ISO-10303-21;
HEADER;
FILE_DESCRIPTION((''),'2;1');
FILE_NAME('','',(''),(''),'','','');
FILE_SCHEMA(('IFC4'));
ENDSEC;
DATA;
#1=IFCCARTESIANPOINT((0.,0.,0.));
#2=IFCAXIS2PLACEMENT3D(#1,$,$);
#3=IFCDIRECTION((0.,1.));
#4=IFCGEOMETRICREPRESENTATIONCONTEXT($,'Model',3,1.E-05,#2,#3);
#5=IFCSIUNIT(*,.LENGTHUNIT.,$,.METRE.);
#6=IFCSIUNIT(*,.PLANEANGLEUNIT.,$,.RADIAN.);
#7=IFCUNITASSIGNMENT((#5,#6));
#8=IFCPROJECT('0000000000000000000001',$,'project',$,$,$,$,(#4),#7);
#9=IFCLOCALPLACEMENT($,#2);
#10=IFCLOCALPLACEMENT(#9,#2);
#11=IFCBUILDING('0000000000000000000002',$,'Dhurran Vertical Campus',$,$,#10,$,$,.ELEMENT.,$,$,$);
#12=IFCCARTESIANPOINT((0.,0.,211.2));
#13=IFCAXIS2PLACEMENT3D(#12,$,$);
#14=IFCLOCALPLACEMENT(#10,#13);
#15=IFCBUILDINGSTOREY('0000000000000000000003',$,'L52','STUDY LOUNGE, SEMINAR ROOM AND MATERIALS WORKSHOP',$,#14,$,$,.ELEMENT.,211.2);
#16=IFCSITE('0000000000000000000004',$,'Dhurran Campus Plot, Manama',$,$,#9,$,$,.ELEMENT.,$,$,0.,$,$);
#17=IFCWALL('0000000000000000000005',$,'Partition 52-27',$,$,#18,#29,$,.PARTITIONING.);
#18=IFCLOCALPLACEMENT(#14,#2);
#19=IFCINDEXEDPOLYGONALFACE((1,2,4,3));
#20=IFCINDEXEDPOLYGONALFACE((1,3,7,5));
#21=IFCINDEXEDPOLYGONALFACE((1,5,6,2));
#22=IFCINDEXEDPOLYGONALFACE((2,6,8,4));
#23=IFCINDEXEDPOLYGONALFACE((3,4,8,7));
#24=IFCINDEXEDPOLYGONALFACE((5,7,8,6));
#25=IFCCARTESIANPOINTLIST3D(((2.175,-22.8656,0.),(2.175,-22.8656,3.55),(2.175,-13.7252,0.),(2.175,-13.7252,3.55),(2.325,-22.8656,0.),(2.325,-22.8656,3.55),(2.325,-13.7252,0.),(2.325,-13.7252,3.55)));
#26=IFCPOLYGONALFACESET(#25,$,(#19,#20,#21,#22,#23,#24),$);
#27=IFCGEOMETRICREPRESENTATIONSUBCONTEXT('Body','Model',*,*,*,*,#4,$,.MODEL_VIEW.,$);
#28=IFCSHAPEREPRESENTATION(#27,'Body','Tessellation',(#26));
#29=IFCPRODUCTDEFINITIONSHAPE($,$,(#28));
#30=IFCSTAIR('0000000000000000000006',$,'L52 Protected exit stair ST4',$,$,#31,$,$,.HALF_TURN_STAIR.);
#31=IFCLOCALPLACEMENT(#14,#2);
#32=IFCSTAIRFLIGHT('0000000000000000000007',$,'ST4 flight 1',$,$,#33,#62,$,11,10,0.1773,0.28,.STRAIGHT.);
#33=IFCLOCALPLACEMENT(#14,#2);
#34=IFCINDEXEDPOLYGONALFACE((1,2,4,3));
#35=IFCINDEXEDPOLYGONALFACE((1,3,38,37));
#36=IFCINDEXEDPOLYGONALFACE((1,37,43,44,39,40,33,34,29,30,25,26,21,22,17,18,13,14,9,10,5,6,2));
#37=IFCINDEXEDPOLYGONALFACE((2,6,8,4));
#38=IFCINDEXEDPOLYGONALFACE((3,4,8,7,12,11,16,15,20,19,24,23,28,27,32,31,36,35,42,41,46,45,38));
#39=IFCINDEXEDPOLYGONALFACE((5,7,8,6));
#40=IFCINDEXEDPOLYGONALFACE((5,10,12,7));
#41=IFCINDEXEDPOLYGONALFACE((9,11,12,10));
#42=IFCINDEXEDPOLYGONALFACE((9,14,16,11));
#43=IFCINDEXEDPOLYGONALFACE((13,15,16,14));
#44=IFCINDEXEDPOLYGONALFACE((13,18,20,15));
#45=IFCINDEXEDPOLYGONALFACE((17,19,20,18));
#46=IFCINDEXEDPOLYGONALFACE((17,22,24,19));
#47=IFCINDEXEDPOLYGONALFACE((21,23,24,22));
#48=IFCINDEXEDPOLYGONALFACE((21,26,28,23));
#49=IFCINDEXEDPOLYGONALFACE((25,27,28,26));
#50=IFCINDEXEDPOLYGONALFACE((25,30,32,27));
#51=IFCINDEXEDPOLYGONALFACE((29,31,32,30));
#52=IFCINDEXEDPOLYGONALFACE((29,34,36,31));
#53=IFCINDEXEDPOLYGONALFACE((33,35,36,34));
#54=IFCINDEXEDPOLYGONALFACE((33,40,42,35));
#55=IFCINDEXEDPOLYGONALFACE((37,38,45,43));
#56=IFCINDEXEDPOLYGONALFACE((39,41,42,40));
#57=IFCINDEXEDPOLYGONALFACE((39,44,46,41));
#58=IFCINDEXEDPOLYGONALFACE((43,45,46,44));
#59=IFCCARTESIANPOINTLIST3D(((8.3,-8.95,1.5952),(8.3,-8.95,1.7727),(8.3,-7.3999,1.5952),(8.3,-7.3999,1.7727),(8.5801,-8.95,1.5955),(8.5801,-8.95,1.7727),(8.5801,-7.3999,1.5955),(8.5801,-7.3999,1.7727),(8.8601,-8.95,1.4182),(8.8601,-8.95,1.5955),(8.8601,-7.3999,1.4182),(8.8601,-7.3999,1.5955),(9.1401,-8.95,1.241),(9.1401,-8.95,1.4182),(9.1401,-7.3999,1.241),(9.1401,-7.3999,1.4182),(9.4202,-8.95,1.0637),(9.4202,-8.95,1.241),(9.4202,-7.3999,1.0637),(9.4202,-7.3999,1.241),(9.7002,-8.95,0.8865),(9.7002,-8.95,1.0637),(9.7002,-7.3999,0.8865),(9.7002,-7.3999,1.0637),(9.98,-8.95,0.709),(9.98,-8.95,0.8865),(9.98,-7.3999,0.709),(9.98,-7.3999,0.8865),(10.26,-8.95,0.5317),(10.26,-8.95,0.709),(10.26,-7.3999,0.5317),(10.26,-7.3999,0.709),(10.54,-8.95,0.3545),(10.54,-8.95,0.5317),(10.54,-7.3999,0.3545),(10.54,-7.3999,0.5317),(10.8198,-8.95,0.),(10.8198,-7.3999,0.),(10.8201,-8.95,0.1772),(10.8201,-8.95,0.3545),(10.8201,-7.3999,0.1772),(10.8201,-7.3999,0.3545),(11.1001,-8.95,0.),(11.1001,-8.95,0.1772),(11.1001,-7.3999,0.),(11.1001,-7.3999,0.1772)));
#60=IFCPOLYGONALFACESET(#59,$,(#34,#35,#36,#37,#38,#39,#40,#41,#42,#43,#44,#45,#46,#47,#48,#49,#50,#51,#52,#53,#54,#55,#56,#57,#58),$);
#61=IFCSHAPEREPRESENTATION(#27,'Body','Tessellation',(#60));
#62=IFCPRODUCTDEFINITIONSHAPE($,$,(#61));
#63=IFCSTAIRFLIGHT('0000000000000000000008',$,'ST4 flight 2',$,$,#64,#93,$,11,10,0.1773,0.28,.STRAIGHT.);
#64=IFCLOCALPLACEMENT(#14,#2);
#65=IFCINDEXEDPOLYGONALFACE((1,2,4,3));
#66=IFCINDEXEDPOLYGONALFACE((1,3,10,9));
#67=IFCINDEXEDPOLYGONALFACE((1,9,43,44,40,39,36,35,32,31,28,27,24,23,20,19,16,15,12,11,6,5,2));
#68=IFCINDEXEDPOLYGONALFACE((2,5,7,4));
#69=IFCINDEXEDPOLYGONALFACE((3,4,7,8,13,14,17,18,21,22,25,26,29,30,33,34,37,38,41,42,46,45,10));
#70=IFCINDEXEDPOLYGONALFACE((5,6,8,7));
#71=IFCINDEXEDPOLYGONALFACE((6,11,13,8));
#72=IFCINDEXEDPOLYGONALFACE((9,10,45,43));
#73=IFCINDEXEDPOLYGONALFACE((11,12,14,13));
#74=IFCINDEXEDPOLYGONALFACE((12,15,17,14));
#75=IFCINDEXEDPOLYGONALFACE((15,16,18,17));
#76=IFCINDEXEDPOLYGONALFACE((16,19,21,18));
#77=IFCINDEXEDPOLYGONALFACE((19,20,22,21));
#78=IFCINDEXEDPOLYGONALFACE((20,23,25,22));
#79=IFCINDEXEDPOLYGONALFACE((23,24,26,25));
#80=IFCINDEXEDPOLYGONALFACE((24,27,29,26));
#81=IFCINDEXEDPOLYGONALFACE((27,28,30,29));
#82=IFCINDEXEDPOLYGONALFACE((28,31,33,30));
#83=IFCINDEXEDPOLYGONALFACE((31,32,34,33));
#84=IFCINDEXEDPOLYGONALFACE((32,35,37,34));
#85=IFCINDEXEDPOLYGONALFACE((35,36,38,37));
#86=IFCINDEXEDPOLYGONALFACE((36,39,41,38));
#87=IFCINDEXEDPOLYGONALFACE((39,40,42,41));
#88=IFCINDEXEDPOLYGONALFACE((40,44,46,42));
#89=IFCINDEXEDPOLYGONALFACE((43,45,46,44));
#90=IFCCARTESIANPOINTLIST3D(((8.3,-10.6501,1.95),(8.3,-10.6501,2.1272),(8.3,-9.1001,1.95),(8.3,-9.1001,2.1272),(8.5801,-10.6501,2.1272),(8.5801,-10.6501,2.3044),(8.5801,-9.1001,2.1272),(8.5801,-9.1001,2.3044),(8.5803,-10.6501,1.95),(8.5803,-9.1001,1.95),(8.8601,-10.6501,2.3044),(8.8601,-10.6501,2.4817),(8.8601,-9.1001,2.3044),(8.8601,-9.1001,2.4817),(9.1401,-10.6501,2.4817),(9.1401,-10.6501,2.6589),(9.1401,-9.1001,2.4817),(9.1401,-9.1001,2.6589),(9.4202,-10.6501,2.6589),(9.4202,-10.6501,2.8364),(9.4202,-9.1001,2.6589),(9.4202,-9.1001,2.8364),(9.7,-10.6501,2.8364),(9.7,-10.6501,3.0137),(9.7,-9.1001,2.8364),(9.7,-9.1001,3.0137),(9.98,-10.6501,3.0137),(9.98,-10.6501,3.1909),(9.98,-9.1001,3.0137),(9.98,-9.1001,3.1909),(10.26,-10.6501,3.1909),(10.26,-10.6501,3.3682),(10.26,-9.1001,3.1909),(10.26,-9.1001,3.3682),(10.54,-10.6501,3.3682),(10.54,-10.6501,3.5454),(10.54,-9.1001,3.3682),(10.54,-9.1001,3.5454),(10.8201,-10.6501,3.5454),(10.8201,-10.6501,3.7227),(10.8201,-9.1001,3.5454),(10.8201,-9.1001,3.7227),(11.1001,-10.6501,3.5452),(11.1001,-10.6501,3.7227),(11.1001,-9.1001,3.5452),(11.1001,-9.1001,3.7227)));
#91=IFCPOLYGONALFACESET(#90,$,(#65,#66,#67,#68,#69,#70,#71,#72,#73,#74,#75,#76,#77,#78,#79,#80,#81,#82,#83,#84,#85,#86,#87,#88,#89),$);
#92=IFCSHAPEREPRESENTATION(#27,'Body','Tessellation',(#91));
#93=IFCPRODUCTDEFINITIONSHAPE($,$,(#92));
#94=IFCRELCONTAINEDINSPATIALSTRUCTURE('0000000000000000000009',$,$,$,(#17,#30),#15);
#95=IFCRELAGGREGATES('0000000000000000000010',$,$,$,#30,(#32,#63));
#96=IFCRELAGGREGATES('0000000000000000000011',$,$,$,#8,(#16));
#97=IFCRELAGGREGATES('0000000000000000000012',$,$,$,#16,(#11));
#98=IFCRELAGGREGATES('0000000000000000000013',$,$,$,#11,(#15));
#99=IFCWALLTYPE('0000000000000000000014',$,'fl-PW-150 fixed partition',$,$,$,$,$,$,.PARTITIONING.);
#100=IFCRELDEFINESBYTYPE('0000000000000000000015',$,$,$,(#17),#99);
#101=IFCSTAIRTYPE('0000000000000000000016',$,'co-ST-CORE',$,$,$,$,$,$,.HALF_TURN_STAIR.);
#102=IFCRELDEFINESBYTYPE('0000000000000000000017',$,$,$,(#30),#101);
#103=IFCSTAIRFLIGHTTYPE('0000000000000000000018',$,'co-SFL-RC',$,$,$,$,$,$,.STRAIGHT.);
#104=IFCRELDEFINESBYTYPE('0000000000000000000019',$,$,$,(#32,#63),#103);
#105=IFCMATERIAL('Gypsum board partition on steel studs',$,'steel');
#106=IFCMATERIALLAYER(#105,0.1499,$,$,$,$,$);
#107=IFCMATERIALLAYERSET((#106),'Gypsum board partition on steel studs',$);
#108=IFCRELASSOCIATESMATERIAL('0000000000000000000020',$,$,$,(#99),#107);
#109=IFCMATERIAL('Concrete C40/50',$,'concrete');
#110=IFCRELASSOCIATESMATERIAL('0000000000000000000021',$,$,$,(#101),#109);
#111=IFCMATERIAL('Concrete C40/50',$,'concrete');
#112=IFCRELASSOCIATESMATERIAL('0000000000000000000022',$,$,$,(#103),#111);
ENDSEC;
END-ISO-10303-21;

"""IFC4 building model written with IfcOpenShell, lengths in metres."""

from ifc_helpers import new_model, si_unit, direction, frame, frame_2d, origin, place, context, subcontext, project, spatial, polyline, rectangle, outline, extrude, material, layer, layer_set, type_object, element, aggregate, save


model = new_model("IFC4")

# Units and contexts
model_context = context("Model", 3, precision=1e-05, world=origin(), true_north=direction((0.0, 1.0)))
body_context = subcontext(model_context, "Body", "Model", "MODEL_VIEW")
ifc_project = project(units=[si_unit("LENGTHUNIT", "METRE"), si_unit("PLANEANGLEUNIT", "RADIAN")], contexts=[model_context])

# Site, building, storey
site_placement = place(None, origin())
site = spatial("IfcSite", under=ifc_project, at=site_placement, Name="Dhurran Campus Plot, Manama", CompositionType="ELEMENT", RefElevation=0.0)
building_placement = place(site_placement, origin())
building = spatial("IfcBuilding", under=site, at=building_placement, Name="Dhurran Vertical Campus", CompositionType="ELEMENT")
storey_placement = place(building_placement, frame((0.0, 0.0, 211.2)))
storey = spatial("IfcBuildingStorey", under=building, at=storey_placement, Name="L52", Description="STUDY LOUNGE, SEMINAR ROOM AND MATERIALS WORKSHOP", CompositionType="ELEMENT", Elevation=211.2)

# Wall
ifc_material_1 = material(Name="Gypsum board partition on steel studs", Category="steel")
ifc_layer_1 = layer(ifc_material_1, 0.1499)
ifc_layer_set_1 = layer_set([ifc_layer_1], Name="Gypsum board partition on steel studs")
wall_type_1 = type_object("IfcWallType", Name="fl-PW-150 fixed partition", PredefinedType="PARTITIONING", material=ifc_layer_set_1)
wall_1_placement = place(storey_placement, frame((2.25, -13.7251, 0.0), z_axis=(0.0, 0.0, 1.0), x_axis=(0.0, -1.0, 0.0)))
element("IfcWall", 1, at=wall_1_placement, inside=storey, type_object=wall_type_1, Name="Partition 52-27", PredefinedType="PARTITIONING", context=body_context, shape_type="SweptSolid", body=[
    extrude(rectangle(XDim=9.1404, YDim=0.1499, at=frame_2d((4.5703, 0.0))), origin(), (0.0, 0.0, 1.0), 3.55),
])

# Stair, stair flights
ifc_material_2 = material(Name="Concrete C40/50", Category="concrete")
stair_type = type_object("IfcStairType", Name="co-ST-CORE", PredefinedType="HALF_TURN_STAIR", material=ifc_material_2)
stair_placement = place(storey_placement, origin())
stair = element("IfcStair", 2, at=stair_placement, inside=storey, type_object=stair_type, Name="L52 Protected exit stair ST4", PredefinedType="HALF_TURN_STAIR")
ifc_material_3 = material(Name="Concrete C40/50", Category="concrete")
stair_flight_type = type_object("IfcStairFlightType", Name="co-SFL-RC", PredefinedType="STRAIGHT", material=ifc_material_3)
stair_flight_1_placement = place(storey_placement, frame((11.1001, -8.175, 0.0), z_axis=(0.0, 0.0, 1.0), x_axis=(-1.0, 0.0, 0.0)))
stair_flight_1 = element("IfcStairFlight", 3, at=stair_flight_1_placement, type_object=stair_flight_type, Name="ST4 flight 1", NumberOfRisers=11, NumberOfTreads=10, PredefinedType="STRAIGHT", RiserHeight=0.1773, TreadLength=0.28, context=body_context, shape_type="SweptSolid", body=[
    extrude(outline(polyline([(0.0, 0.0), (0.0, 0.1772), (0.28, 0.1772), (0.28, 0.3545), (0.5601, 0.3545), (0.5601, 0.5317), (0.8401, 0.5317), (0.8401, 0.709), (1.1201, 0.709), (1.1201, 0.8865), (1.3999, 0.8865), (1.3999, 1.0637), (1.6799, 1.0637), (1.6799, 1.241), (1.96, 1.241), (1.96, 1.4182), (2.24, 1.4182), (2.24, 1.5955), (2.52, 1.5955), (2.52, 1.7727), (2.8, 1.7727), (2.8, 1.95), (2.8, 1.5952), (0.2803, 0.0), (0.0, 0.0)])), frame((0.0, 0.7749, 0.0), z_axis=(0.0, -1.0, 0.0), x_axis=(1.0, 0.0, 0.0)), (0.0, 0.0, 1.0), 1.55),
])
stair_flight_2_placement = place(storey_placement, frame((8.3, -9.875, 1.95), z_axis=(0.0, 0.0, 1.0), x_axis=(1.0, 0.0, 0.0)))
stair_flight_2 = element("IfcStairFlight", 4, at=stair_flight_2_placement, type_object=stair_flight_type, Name="ST4 flight 2", NumberOfRisers=11, NumberOfTreads=10, PredefinedType="STRAIGHT", RiserHeight=0.1773, TreadLength=0.28, context=body_context, shape_type="SweptSolid", body=[
    extrude(outline(polyline([(0.0, 0.0), (0.0, 0.1772), (0.28, 0.1772), (0.28, 0.3545), (0.5601, 0.3545), (0.5601, 0.5317), (0.8401, 0.5317), (0.8401, 0.709), (1.1201, 0.709), (1.1201, 0.8865), (1.3999, 0.8865), (1.3999, 1.0637), (1.6799, 1.0637), (1.6799, 1.241), (1.96, 1.241), (1.96, 1.4182), (2.24, 1.4182), (2.24, 1.5955), (2.52, 1.5955), (2.52, 1.7727), (2.8, 1.7727), (2.8, 1.95), (2.8, 1.5952), (0.2803, 0.0), (0.0, 0.0)])), frame((0.0, 0.7749, 0.0), z_axis=(0.0, -1.0, 0.0), x_axis=(1.0, 0.0, 0.0)), (0.0, 0.0, 1.0), 1.55),
])
aggregate(stair, [stair_flight_1, stair_flight_2])

save(model, "model.ifc")
